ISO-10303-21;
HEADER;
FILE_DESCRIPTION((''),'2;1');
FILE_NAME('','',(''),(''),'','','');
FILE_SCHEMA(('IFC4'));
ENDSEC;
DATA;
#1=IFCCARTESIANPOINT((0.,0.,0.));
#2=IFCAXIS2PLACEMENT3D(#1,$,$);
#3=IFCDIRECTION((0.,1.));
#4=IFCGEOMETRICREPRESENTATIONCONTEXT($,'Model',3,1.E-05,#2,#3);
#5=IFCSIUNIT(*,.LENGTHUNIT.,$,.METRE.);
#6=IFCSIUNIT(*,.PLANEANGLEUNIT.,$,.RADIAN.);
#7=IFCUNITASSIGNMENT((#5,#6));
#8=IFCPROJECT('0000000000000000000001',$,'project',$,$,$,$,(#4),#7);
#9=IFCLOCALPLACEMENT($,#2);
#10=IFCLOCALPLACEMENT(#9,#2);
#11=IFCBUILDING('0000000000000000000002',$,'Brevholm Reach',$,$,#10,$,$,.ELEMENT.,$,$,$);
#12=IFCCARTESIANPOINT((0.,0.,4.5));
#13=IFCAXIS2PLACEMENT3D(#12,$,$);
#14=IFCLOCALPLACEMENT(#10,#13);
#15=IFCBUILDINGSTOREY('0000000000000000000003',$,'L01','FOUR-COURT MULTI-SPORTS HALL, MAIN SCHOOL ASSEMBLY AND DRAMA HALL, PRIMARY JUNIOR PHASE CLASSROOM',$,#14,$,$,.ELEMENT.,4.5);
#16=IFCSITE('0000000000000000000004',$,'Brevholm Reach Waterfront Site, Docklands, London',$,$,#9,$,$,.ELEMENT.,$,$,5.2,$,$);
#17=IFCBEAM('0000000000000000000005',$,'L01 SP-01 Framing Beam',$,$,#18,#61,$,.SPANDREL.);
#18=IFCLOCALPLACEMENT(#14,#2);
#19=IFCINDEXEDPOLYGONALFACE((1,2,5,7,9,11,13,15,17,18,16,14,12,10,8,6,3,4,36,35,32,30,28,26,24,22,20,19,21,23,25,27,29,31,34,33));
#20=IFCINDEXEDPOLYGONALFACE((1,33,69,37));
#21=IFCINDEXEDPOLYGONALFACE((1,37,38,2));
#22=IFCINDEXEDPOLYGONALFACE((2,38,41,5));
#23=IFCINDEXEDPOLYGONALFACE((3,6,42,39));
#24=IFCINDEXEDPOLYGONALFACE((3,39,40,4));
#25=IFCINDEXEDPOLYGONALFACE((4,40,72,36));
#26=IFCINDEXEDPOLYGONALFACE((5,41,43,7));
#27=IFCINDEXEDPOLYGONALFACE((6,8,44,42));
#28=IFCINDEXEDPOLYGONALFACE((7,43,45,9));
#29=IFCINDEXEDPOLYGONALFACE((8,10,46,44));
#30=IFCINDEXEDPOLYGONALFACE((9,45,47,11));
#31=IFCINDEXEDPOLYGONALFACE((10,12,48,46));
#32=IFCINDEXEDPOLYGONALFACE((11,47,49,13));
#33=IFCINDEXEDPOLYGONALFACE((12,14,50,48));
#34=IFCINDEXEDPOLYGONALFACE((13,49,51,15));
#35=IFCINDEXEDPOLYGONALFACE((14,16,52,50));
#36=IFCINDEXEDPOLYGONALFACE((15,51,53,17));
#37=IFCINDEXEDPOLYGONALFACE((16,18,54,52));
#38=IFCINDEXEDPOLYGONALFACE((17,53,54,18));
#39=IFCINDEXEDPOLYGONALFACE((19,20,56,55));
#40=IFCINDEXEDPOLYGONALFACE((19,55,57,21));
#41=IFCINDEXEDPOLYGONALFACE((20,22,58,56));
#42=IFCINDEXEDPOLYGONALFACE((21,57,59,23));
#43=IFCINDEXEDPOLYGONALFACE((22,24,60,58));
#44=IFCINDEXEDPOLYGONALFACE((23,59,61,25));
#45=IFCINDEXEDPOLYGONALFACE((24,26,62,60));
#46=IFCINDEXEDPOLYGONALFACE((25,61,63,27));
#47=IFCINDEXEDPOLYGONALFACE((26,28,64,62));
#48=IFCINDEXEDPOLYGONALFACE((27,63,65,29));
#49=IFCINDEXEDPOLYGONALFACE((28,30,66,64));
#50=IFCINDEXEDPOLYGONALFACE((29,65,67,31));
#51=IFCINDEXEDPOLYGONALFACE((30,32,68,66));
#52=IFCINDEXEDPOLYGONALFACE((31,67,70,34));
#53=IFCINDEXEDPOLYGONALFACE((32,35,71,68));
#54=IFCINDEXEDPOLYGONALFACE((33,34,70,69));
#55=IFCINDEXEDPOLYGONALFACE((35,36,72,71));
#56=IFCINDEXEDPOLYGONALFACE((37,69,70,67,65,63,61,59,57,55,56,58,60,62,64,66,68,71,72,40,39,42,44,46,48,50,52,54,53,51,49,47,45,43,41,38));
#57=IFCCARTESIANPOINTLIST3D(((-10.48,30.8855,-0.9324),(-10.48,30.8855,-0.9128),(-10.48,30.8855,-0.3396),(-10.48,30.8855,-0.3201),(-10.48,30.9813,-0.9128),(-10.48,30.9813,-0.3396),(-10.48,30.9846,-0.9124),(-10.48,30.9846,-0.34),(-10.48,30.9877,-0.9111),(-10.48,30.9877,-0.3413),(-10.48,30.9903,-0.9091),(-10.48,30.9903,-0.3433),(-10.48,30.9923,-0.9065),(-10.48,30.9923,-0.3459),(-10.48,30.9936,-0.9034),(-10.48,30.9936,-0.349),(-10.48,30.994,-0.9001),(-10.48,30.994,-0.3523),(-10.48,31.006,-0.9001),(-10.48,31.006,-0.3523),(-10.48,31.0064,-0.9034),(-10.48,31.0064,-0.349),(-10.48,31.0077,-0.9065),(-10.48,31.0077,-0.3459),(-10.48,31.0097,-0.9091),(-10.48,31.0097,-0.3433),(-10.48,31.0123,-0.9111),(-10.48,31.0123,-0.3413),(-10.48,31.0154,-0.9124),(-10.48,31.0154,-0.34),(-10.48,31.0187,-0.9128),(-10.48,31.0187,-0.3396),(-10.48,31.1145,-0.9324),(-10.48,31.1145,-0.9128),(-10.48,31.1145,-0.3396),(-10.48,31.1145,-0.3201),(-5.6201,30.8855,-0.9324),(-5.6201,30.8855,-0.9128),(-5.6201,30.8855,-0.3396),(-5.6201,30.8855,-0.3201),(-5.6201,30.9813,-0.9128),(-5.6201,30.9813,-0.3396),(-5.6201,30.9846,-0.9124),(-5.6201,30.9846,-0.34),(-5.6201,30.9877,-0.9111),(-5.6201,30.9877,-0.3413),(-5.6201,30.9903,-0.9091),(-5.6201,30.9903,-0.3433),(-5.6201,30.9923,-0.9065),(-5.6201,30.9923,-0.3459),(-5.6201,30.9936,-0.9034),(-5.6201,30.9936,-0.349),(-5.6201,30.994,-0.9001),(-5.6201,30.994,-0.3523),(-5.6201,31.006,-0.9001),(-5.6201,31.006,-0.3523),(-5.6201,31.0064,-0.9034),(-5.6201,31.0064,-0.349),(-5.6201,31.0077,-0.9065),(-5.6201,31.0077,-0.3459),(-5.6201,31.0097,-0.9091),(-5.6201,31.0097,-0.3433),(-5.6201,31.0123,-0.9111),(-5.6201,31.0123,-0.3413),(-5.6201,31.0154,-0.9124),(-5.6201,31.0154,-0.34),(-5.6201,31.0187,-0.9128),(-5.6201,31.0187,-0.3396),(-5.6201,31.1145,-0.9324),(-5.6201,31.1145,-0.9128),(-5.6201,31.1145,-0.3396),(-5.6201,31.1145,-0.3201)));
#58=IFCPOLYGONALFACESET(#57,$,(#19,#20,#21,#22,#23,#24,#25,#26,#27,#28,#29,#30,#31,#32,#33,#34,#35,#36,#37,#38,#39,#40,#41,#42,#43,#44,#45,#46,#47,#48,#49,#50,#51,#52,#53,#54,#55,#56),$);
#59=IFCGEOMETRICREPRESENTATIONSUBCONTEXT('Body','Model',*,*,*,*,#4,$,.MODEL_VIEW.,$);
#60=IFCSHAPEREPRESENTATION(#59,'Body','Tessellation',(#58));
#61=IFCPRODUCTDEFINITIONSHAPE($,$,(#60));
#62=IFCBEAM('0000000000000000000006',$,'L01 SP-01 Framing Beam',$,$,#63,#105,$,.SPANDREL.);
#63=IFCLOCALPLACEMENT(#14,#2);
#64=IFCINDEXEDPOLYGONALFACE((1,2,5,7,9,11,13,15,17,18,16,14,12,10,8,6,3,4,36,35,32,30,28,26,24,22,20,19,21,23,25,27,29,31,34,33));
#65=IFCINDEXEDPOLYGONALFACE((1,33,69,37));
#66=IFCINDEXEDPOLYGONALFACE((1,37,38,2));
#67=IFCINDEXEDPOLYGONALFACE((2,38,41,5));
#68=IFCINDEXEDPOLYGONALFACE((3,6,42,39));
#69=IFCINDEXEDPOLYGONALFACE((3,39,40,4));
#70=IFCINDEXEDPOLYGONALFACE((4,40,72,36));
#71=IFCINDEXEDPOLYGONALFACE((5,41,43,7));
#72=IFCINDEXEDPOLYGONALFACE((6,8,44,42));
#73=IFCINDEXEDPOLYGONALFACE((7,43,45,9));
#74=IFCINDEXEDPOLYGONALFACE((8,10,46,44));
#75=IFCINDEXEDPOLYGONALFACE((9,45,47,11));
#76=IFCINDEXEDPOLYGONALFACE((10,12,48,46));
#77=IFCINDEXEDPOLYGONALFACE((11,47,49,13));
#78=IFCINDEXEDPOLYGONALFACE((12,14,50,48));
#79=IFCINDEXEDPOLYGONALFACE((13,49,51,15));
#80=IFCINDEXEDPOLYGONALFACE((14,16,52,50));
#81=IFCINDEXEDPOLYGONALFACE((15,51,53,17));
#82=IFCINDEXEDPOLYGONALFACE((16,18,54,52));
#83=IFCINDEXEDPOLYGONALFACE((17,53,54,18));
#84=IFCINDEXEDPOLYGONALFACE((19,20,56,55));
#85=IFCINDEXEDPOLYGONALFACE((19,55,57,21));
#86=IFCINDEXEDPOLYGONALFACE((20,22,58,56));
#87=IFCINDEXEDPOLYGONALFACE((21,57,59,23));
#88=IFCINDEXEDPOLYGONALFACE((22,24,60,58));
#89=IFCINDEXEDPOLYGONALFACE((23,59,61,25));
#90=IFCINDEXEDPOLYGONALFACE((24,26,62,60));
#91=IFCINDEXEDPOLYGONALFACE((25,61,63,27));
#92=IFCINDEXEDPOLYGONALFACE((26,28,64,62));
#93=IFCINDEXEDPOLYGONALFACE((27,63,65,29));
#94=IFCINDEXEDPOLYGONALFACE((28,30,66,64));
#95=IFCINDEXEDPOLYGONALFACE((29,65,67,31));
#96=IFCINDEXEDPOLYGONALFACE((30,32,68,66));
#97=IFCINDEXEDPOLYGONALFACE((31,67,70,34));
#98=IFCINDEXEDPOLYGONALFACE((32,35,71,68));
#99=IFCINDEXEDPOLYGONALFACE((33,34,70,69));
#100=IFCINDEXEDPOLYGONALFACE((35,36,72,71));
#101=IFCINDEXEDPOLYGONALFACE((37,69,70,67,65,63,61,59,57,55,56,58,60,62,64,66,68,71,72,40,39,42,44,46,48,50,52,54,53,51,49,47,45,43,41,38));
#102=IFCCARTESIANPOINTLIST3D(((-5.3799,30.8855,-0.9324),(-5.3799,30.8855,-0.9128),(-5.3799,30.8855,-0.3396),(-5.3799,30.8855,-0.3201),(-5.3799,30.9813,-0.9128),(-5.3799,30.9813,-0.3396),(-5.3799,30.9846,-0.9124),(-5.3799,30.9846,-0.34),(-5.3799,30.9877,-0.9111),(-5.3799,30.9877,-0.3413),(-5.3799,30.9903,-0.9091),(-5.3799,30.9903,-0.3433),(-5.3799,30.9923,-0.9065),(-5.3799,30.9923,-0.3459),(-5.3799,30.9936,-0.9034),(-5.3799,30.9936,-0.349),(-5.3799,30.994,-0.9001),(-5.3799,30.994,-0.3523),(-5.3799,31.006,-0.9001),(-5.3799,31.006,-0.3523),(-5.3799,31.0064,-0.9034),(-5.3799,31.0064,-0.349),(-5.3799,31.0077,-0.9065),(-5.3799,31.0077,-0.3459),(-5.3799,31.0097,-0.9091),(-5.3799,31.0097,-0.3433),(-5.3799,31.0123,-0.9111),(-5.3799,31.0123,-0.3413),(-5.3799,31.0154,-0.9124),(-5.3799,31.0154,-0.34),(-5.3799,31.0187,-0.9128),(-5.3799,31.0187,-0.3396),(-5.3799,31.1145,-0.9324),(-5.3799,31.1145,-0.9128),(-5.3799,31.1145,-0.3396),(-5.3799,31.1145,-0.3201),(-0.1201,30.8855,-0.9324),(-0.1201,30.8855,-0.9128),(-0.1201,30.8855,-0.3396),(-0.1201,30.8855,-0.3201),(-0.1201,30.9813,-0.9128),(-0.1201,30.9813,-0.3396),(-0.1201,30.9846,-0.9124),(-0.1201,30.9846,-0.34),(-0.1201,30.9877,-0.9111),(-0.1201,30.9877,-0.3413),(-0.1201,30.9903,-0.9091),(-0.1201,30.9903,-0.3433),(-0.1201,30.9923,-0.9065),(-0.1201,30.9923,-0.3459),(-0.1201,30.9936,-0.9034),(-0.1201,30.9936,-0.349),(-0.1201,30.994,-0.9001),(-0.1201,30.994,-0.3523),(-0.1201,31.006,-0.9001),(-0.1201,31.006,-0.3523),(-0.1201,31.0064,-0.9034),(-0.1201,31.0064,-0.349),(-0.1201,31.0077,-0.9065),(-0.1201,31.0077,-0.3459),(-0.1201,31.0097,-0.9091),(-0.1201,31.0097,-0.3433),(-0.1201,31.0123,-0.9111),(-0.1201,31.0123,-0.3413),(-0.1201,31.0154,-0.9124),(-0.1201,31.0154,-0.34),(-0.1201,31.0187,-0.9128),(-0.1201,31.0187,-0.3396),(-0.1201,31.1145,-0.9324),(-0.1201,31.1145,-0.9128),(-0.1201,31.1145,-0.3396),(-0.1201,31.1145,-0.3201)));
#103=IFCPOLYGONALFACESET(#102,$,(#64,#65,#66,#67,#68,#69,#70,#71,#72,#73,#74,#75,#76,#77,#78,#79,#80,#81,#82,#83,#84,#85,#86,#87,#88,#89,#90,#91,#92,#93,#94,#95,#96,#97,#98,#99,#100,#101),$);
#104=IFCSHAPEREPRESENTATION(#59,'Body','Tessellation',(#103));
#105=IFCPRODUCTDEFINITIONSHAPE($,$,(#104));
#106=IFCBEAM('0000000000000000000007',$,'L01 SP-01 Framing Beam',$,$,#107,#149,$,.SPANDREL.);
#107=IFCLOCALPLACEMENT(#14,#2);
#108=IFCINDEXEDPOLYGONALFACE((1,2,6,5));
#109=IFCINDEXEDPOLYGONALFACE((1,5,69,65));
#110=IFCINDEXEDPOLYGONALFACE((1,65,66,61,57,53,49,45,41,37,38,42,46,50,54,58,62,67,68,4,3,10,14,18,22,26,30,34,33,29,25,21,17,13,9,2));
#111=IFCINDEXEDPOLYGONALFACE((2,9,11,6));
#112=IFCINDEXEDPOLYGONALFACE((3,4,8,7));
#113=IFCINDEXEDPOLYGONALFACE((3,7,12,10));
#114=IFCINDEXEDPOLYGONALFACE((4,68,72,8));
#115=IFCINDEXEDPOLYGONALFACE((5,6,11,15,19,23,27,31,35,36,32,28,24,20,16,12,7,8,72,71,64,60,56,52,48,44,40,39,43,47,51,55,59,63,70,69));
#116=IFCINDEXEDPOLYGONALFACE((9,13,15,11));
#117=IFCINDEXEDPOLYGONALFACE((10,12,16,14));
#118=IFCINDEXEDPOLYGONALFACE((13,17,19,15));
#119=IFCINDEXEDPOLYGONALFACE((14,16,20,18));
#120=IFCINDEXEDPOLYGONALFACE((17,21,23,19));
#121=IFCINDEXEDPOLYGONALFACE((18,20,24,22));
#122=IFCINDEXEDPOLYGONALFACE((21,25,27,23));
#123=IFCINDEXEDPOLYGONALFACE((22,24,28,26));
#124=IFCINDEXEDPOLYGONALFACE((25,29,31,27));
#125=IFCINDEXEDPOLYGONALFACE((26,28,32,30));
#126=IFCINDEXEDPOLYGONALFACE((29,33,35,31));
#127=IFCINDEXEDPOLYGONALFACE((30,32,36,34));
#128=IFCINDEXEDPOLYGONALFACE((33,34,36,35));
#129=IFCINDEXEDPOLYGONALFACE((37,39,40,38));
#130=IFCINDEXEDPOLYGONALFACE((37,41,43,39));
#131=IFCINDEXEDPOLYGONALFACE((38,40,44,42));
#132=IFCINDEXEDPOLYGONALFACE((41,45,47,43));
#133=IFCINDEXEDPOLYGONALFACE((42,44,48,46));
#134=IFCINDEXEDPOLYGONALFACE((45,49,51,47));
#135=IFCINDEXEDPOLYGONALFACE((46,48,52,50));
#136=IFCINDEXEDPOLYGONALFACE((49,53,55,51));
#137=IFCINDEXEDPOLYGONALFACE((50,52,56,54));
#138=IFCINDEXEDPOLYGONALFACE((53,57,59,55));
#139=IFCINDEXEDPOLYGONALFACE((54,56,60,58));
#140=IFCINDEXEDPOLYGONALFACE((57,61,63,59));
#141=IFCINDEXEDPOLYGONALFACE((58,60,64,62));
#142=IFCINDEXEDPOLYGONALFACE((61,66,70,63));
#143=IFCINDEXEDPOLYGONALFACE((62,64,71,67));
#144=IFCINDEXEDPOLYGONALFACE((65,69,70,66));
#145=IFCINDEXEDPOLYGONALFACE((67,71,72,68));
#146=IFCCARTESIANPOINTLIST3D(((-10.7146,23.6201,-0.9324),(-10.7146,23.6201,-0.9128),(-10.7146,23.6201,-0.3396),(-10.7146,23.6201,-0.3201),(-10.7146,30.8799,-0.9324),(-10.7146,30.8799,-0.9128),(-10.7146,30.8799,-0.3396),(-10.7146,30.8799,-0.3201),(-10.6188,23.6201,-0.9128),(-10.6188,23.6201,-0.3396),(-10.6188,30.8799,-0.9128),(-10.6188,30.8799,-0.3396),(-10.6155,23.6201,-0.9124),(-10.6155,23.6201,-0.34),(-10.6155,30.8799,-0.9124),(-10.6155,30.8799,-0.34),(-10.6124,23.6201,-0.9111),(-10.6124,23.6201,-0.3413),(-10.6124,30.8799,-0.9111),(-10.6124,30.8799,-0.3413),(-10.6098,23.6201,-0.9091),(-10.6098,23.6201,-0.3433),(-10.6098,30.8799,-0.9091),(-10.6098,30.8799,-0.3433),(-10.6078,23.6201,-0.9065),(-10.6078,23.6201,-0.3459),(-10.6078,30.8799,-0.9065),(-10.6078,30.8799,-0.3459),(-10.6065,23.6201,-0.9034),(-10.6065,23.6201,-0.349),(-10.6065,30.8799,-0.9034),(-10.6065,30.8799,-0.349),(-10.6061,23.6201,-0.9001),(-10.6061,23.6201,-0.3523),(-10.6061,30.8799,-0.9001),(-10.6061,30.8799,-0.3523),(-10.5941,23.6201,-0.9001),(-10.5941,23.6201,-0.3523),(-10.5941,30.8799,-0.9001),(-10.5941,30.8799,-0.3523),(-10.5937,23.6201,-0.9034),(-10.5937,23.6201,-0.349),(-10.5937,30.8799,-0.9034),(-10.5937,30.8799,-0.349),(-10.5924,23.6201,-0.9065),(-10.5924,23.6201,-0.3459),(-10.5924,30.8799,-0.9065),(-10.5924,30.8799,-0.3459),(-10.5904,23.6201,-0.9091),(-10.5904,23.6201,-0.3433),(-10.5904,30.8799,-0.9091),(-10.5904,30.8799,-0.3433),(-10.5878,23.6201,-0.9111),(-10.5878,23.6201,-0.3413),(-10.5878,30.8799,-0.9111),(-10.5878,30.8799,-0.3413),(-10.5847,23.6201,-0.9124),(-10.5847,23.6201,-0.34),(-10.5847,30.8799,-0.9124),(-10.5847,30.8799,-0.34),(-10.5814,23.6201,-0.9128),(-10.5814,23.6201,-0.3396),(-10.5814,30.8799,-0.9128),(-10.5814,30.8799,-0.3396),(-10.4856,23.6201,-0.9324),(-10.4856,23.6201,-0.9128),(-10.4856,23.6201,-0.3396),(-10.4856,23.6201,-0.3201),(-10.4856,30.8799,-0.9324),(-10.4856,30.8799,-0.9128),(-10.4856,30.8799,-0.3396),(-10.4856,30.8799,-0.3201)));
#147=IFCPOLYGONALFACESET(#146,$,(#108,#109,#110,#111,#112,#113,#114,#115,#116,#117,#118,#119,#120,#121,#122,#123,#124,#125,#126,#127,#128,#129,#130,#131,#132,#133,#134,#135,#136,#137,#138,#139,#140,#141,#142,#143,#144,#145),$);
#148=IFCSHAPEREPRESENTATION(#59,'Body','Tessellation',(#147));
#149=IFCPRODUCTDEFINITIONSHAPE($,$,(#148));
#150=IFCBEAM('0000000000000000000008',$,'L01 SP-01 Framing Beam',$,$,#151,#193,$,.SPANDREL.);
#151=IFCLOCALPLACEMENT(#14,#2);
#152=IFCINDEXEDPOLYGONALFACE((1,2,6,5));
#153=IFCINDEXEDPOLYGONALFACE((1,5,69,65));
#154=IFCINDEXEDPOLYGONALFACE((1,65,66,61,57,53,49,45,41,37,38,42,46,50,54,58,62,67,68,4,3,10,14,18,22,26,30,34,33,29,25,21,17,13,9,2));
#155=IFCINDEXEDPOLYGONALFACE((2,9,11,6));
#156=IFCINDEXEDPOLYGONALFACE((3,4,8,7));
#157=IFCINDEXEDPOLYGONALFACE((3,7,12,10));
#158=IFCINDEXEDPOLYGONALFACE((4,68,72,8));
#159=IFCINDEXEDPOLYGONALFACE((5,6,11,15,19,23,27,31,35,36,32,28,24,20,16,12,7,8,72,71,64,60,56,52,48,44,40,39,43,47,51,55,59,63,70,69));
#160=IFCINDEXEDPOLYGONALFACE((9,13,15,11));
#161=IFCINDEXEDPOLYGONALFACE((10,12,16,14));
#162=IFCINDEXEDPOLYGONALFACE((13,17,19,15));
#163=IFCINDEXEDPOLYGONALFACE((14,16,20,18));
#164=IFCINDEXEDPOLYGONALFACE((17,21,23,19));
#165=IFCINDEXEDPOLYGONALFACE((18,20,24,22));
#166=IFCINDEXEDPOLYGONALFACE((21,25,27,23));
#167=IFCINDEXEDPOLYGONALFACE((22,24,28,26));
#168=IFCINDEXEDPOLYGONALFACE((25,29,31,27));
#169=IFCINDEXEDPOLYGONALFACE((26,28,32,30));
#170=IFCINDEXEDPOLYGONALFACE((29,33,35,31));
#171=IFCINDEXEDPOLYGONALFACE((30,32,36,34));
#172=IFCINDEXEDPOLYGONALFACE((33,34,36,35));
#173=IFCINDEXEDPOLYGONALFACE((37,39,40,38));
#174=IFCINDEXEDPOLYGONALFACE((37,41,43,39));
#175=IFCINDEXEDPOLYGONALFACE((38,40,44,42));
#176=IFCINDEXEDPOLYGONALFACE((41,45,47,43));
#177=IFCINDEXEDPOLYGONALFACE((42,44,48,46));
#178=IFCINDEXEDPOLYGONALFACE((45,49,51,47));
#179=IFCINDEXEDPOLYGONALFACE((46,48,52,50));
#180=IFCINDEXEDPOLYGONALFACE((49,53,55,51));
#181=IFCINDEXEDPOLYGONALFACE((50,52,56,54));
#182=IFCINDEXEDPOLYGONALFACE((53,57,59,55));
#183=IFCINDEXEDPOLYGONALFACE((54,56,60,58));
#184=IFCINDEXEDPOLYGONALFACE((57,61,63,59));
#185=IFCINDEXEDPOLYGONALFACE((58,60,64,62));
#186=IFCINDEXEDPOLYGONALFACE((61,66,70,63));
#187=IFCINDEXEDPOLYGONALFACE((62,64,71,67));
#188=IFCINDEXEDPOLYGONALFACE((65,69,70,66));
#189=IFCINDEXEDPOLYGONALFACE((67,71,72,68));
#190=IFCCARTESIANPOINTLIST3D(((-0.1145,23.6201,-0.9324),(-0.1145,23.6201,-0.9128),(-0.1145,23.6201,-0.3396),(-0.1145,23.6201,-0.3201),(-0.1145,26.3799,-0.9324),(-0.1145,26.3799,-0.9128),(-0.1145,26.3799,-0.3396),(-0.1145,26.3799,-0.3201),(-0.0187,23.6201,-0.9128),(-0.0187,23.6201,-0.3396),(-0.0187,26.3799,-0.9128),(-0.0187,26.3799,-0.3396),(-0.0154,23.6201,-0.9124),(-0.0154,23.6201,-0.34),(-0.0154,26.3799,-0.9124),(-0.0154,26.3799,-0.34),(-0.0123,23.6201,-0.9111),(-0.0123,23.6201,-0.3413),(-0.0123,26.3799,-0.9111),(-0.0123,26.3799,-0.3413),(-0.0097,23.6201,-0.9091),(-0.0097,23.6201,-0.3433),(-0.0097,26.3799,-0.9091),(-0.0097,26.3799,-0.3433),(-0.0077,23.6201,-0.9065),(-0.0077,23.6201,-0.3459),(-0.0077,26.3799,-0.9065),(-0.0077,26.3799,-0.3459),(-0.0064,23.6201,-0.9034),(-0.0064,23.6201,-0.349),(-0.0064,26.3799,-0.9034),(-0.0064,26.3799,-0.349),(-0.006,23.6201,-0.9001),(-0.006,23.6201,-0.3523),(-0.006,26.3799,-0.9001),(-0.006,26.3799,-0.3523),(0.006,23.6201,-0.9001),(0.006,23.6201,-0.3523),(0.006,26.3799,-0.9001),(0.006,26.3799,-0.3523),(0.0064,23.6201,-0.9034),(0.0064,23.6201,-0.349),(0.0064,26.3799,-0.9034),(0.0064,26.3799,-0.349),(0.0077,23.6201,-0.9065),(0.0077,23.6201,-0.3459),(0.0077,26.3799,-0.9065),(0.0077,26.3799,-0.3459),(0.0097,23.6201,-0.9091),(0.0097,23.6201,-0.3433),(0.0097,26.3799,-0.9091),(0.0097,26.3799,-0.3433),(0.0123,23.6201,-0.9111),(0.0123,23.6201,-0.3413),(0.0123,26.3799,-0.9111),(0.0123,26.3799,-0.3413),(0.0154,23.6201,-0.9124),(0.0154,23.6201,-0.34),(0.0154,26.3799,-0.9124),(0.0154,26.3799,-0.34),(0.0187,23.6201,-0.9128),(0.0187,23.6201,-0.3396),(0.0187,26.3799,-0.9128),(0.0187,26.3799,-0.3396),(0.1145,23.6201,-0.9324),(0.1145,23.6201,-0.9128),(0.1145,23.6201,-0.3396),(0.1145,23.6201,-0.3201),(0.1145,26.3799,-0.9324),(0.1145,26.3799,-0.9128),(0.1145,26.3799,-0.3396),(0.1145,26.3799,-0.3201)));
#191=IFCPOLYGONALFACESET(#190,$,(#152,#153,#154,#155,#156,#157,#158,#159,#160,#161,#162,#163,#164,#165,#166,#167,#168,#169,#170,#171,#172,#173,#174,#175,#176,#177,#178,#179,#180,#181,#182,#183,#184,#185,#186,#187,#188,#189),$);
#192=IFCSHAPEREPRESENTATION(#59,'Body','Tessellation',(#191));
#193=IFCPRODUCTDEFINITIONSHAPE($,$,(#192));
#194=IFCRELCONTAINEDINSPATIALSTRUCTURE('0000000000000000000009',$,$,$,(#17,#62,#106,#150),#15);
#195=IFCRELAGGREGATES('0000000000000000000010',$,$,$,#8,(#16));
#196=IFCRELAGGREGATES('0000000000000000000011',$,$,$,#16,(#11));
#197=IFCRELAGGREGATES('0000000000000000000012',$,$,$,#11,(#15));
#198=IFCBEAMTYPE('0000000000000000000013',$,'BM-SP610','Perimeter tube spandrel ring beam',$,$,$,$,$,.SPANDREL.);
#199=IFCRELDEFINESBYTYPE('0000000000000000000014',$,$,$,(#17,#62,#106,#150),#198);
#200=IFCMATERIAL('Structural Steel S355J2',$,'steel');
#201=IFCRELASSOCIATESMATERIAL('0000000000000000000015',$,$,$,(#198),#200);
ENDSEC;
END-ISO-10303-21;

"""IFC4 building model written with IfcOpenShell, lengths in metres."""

from ifc_helpers import new_model, si_unit, direction, frame, origin, origin_2d, place, context, subcontext, project, spatial, i_section, extrude, material, material_profile, profile_set, type_object, element, save


model = new_model("IFC4")

# Units and contexts
model_context = context("Model", 3, precision=1e-05, world=origin(), true_north=direction((0.0, 1.0)))
body_context = subcontext(model_context, "Body", "Model", "MODEL_VIEW")
ifc_project = project(units=[si_unit("LENGTHUNIT", "METRE"), si_unit("PLANEANGLEUNIT", "RADIAN")], contexts=[model_context])

# Site, building, storey
site_placement = place(None, origin())
site = spatial("IfcSite", under=ifc_project, at=site_placement, Name="Brevholm Reach Waterfront Site, Docklands, London", CompositionType="ELEMENT", RefElevation=5.2)
building_placement = place(site_placement, origin())
building = spatial("IfcBuilding", under=site, at=building_placement, Name="Brevholm Reach", CompositionType="ELEMENT")
storey_placement = place(building_placement, frame((0.0, 0.0, 4.5)))
storey = spatial("IfcBuildingStorey", under=building, at=storey_placement, Name="L01", Description="FOUR-COURT MULTI-SPORTS HALL, MAIN SCHOOL ASSEMBLY AND DRAMA HALL, PRIMARY JUNIOR PHASE CLASSROOM", CompositionType="ELEMENT", Elevation=4.5)

# Beams
ifc_material_1 = material(Name="Structural Steel S355J2", Category="steel")
ifc_material_profile_1 = material_profile(ifc_material_1, i_section(OverallWidth=0.229, OverallDepth=0.6123, WebThickness=0.012, FlangeThickness=0.0195, FilletRadius=0.0127, at=origin_2d()), Name="UKB 610x229x125")
ifc_profile_set_1 = profile_set([ifc_material_profile_1], Name="Structural Steel S355J2")
beam_type_1 = type_object("IfcBeamType", Name="BM-SP610", Description="Perimeter tube spandrel ring beam", PredefinedType="SPANDREL", material=ifc_profile_set_1)
beam_1_placement = place(storey_placement, frame((-10.48, 31.0, -0.6262), z_axis=(1.0, 0.0, 0.0), x_axis=(0.0, 1.0, 0.0)))
element("IfcBeam", 1, at=beam_1_placement, inside=storey, type_object=beam_type_1, Name="L01 SP-01 Framing Beam", PredefinedType="SPANDREL", context=body_context, shape_type="SweptSolid", body=[
    extrude(i_section(OverallWidth=0.229, OverallDepth=0.6123, WebThickness=0.012, FlangeThickness=0.0195, FilletRadius=0.0127, at=origin_2d()), origin(), (0.0, 0.0, 1.0), 4.8599),
])
beam_2_placement = place(storey_placement, frame((-5.3799, 31.0, -0.6262), z_axis=(1.0, 0.0, 0.0), x_axis=(0.0, 1.0, 0.0)))
element("IfcBeam", 2, at=beam_2_placement, inside=storey, type_object=beam_type_1, Name="L01 SP-01 Framing Beam", PredefinedType="SPANDREL", context=body_context, shape_type="SweptSolid", body=[
    extrude(i_section(OverallWidth=0.229, OverallDepth=0.6123, WebThickness=0.012, FlangeThickness=0.0195, FilletRadius=0.0127, at=origin_2d()), origin(), (0.0, 0.0, 1.0), 5.2598),
])
beam_3_placement = place(storey_placement, frame((-10.6001, 23.6201, -0.6262), z_axis=(0.0, 1.0, 0.0), x_axis=(-1.0, 0.0, 0.0)))
element("IfcBeam", 3, at=beam_3_placement, inside=storey, type_object=beam_type_1, Name="L01 SP-01 Framing Beam", PredefinedType="SPANDREL", context=body_context, shape_type="SweptSolid", body=[
    extrude(i_section(OverallWidth=0.229, OverallDepth=0.6123, WebThickness=0.012, FlangeThickness=0.0195, FilletRadius=0.0127, at=origin_2d()), origin(), (0.0, 0.0, 1.0), 7.2598),
])
beam_4_placement = place(storey_placement, frame((0.0, 23.6201, -0.6262), z_axis=(0.0, 1.0, 0.0), x_axis=(-1.0, 0.0, 0.0)))
element("IfcBeam", 4, at=beam_4_placement, inside=storey, type_object=beam_type_1, Name="L01 SP-01 Framing Beam", PredefinedType="SPANDREL", context=body_context, shape_type="SweptSolid", body=[
    extrude(i_section(OverallWidth=0.229, OverallDepth=0.6123, WebThickness=0.012, FlangeThickness=0.0195, FilletRadius=0.0127, at=origin_2d()), origin(), (0.0, 0.0, 1.0), 2.7598),
])

save(model, "model.ifc")
